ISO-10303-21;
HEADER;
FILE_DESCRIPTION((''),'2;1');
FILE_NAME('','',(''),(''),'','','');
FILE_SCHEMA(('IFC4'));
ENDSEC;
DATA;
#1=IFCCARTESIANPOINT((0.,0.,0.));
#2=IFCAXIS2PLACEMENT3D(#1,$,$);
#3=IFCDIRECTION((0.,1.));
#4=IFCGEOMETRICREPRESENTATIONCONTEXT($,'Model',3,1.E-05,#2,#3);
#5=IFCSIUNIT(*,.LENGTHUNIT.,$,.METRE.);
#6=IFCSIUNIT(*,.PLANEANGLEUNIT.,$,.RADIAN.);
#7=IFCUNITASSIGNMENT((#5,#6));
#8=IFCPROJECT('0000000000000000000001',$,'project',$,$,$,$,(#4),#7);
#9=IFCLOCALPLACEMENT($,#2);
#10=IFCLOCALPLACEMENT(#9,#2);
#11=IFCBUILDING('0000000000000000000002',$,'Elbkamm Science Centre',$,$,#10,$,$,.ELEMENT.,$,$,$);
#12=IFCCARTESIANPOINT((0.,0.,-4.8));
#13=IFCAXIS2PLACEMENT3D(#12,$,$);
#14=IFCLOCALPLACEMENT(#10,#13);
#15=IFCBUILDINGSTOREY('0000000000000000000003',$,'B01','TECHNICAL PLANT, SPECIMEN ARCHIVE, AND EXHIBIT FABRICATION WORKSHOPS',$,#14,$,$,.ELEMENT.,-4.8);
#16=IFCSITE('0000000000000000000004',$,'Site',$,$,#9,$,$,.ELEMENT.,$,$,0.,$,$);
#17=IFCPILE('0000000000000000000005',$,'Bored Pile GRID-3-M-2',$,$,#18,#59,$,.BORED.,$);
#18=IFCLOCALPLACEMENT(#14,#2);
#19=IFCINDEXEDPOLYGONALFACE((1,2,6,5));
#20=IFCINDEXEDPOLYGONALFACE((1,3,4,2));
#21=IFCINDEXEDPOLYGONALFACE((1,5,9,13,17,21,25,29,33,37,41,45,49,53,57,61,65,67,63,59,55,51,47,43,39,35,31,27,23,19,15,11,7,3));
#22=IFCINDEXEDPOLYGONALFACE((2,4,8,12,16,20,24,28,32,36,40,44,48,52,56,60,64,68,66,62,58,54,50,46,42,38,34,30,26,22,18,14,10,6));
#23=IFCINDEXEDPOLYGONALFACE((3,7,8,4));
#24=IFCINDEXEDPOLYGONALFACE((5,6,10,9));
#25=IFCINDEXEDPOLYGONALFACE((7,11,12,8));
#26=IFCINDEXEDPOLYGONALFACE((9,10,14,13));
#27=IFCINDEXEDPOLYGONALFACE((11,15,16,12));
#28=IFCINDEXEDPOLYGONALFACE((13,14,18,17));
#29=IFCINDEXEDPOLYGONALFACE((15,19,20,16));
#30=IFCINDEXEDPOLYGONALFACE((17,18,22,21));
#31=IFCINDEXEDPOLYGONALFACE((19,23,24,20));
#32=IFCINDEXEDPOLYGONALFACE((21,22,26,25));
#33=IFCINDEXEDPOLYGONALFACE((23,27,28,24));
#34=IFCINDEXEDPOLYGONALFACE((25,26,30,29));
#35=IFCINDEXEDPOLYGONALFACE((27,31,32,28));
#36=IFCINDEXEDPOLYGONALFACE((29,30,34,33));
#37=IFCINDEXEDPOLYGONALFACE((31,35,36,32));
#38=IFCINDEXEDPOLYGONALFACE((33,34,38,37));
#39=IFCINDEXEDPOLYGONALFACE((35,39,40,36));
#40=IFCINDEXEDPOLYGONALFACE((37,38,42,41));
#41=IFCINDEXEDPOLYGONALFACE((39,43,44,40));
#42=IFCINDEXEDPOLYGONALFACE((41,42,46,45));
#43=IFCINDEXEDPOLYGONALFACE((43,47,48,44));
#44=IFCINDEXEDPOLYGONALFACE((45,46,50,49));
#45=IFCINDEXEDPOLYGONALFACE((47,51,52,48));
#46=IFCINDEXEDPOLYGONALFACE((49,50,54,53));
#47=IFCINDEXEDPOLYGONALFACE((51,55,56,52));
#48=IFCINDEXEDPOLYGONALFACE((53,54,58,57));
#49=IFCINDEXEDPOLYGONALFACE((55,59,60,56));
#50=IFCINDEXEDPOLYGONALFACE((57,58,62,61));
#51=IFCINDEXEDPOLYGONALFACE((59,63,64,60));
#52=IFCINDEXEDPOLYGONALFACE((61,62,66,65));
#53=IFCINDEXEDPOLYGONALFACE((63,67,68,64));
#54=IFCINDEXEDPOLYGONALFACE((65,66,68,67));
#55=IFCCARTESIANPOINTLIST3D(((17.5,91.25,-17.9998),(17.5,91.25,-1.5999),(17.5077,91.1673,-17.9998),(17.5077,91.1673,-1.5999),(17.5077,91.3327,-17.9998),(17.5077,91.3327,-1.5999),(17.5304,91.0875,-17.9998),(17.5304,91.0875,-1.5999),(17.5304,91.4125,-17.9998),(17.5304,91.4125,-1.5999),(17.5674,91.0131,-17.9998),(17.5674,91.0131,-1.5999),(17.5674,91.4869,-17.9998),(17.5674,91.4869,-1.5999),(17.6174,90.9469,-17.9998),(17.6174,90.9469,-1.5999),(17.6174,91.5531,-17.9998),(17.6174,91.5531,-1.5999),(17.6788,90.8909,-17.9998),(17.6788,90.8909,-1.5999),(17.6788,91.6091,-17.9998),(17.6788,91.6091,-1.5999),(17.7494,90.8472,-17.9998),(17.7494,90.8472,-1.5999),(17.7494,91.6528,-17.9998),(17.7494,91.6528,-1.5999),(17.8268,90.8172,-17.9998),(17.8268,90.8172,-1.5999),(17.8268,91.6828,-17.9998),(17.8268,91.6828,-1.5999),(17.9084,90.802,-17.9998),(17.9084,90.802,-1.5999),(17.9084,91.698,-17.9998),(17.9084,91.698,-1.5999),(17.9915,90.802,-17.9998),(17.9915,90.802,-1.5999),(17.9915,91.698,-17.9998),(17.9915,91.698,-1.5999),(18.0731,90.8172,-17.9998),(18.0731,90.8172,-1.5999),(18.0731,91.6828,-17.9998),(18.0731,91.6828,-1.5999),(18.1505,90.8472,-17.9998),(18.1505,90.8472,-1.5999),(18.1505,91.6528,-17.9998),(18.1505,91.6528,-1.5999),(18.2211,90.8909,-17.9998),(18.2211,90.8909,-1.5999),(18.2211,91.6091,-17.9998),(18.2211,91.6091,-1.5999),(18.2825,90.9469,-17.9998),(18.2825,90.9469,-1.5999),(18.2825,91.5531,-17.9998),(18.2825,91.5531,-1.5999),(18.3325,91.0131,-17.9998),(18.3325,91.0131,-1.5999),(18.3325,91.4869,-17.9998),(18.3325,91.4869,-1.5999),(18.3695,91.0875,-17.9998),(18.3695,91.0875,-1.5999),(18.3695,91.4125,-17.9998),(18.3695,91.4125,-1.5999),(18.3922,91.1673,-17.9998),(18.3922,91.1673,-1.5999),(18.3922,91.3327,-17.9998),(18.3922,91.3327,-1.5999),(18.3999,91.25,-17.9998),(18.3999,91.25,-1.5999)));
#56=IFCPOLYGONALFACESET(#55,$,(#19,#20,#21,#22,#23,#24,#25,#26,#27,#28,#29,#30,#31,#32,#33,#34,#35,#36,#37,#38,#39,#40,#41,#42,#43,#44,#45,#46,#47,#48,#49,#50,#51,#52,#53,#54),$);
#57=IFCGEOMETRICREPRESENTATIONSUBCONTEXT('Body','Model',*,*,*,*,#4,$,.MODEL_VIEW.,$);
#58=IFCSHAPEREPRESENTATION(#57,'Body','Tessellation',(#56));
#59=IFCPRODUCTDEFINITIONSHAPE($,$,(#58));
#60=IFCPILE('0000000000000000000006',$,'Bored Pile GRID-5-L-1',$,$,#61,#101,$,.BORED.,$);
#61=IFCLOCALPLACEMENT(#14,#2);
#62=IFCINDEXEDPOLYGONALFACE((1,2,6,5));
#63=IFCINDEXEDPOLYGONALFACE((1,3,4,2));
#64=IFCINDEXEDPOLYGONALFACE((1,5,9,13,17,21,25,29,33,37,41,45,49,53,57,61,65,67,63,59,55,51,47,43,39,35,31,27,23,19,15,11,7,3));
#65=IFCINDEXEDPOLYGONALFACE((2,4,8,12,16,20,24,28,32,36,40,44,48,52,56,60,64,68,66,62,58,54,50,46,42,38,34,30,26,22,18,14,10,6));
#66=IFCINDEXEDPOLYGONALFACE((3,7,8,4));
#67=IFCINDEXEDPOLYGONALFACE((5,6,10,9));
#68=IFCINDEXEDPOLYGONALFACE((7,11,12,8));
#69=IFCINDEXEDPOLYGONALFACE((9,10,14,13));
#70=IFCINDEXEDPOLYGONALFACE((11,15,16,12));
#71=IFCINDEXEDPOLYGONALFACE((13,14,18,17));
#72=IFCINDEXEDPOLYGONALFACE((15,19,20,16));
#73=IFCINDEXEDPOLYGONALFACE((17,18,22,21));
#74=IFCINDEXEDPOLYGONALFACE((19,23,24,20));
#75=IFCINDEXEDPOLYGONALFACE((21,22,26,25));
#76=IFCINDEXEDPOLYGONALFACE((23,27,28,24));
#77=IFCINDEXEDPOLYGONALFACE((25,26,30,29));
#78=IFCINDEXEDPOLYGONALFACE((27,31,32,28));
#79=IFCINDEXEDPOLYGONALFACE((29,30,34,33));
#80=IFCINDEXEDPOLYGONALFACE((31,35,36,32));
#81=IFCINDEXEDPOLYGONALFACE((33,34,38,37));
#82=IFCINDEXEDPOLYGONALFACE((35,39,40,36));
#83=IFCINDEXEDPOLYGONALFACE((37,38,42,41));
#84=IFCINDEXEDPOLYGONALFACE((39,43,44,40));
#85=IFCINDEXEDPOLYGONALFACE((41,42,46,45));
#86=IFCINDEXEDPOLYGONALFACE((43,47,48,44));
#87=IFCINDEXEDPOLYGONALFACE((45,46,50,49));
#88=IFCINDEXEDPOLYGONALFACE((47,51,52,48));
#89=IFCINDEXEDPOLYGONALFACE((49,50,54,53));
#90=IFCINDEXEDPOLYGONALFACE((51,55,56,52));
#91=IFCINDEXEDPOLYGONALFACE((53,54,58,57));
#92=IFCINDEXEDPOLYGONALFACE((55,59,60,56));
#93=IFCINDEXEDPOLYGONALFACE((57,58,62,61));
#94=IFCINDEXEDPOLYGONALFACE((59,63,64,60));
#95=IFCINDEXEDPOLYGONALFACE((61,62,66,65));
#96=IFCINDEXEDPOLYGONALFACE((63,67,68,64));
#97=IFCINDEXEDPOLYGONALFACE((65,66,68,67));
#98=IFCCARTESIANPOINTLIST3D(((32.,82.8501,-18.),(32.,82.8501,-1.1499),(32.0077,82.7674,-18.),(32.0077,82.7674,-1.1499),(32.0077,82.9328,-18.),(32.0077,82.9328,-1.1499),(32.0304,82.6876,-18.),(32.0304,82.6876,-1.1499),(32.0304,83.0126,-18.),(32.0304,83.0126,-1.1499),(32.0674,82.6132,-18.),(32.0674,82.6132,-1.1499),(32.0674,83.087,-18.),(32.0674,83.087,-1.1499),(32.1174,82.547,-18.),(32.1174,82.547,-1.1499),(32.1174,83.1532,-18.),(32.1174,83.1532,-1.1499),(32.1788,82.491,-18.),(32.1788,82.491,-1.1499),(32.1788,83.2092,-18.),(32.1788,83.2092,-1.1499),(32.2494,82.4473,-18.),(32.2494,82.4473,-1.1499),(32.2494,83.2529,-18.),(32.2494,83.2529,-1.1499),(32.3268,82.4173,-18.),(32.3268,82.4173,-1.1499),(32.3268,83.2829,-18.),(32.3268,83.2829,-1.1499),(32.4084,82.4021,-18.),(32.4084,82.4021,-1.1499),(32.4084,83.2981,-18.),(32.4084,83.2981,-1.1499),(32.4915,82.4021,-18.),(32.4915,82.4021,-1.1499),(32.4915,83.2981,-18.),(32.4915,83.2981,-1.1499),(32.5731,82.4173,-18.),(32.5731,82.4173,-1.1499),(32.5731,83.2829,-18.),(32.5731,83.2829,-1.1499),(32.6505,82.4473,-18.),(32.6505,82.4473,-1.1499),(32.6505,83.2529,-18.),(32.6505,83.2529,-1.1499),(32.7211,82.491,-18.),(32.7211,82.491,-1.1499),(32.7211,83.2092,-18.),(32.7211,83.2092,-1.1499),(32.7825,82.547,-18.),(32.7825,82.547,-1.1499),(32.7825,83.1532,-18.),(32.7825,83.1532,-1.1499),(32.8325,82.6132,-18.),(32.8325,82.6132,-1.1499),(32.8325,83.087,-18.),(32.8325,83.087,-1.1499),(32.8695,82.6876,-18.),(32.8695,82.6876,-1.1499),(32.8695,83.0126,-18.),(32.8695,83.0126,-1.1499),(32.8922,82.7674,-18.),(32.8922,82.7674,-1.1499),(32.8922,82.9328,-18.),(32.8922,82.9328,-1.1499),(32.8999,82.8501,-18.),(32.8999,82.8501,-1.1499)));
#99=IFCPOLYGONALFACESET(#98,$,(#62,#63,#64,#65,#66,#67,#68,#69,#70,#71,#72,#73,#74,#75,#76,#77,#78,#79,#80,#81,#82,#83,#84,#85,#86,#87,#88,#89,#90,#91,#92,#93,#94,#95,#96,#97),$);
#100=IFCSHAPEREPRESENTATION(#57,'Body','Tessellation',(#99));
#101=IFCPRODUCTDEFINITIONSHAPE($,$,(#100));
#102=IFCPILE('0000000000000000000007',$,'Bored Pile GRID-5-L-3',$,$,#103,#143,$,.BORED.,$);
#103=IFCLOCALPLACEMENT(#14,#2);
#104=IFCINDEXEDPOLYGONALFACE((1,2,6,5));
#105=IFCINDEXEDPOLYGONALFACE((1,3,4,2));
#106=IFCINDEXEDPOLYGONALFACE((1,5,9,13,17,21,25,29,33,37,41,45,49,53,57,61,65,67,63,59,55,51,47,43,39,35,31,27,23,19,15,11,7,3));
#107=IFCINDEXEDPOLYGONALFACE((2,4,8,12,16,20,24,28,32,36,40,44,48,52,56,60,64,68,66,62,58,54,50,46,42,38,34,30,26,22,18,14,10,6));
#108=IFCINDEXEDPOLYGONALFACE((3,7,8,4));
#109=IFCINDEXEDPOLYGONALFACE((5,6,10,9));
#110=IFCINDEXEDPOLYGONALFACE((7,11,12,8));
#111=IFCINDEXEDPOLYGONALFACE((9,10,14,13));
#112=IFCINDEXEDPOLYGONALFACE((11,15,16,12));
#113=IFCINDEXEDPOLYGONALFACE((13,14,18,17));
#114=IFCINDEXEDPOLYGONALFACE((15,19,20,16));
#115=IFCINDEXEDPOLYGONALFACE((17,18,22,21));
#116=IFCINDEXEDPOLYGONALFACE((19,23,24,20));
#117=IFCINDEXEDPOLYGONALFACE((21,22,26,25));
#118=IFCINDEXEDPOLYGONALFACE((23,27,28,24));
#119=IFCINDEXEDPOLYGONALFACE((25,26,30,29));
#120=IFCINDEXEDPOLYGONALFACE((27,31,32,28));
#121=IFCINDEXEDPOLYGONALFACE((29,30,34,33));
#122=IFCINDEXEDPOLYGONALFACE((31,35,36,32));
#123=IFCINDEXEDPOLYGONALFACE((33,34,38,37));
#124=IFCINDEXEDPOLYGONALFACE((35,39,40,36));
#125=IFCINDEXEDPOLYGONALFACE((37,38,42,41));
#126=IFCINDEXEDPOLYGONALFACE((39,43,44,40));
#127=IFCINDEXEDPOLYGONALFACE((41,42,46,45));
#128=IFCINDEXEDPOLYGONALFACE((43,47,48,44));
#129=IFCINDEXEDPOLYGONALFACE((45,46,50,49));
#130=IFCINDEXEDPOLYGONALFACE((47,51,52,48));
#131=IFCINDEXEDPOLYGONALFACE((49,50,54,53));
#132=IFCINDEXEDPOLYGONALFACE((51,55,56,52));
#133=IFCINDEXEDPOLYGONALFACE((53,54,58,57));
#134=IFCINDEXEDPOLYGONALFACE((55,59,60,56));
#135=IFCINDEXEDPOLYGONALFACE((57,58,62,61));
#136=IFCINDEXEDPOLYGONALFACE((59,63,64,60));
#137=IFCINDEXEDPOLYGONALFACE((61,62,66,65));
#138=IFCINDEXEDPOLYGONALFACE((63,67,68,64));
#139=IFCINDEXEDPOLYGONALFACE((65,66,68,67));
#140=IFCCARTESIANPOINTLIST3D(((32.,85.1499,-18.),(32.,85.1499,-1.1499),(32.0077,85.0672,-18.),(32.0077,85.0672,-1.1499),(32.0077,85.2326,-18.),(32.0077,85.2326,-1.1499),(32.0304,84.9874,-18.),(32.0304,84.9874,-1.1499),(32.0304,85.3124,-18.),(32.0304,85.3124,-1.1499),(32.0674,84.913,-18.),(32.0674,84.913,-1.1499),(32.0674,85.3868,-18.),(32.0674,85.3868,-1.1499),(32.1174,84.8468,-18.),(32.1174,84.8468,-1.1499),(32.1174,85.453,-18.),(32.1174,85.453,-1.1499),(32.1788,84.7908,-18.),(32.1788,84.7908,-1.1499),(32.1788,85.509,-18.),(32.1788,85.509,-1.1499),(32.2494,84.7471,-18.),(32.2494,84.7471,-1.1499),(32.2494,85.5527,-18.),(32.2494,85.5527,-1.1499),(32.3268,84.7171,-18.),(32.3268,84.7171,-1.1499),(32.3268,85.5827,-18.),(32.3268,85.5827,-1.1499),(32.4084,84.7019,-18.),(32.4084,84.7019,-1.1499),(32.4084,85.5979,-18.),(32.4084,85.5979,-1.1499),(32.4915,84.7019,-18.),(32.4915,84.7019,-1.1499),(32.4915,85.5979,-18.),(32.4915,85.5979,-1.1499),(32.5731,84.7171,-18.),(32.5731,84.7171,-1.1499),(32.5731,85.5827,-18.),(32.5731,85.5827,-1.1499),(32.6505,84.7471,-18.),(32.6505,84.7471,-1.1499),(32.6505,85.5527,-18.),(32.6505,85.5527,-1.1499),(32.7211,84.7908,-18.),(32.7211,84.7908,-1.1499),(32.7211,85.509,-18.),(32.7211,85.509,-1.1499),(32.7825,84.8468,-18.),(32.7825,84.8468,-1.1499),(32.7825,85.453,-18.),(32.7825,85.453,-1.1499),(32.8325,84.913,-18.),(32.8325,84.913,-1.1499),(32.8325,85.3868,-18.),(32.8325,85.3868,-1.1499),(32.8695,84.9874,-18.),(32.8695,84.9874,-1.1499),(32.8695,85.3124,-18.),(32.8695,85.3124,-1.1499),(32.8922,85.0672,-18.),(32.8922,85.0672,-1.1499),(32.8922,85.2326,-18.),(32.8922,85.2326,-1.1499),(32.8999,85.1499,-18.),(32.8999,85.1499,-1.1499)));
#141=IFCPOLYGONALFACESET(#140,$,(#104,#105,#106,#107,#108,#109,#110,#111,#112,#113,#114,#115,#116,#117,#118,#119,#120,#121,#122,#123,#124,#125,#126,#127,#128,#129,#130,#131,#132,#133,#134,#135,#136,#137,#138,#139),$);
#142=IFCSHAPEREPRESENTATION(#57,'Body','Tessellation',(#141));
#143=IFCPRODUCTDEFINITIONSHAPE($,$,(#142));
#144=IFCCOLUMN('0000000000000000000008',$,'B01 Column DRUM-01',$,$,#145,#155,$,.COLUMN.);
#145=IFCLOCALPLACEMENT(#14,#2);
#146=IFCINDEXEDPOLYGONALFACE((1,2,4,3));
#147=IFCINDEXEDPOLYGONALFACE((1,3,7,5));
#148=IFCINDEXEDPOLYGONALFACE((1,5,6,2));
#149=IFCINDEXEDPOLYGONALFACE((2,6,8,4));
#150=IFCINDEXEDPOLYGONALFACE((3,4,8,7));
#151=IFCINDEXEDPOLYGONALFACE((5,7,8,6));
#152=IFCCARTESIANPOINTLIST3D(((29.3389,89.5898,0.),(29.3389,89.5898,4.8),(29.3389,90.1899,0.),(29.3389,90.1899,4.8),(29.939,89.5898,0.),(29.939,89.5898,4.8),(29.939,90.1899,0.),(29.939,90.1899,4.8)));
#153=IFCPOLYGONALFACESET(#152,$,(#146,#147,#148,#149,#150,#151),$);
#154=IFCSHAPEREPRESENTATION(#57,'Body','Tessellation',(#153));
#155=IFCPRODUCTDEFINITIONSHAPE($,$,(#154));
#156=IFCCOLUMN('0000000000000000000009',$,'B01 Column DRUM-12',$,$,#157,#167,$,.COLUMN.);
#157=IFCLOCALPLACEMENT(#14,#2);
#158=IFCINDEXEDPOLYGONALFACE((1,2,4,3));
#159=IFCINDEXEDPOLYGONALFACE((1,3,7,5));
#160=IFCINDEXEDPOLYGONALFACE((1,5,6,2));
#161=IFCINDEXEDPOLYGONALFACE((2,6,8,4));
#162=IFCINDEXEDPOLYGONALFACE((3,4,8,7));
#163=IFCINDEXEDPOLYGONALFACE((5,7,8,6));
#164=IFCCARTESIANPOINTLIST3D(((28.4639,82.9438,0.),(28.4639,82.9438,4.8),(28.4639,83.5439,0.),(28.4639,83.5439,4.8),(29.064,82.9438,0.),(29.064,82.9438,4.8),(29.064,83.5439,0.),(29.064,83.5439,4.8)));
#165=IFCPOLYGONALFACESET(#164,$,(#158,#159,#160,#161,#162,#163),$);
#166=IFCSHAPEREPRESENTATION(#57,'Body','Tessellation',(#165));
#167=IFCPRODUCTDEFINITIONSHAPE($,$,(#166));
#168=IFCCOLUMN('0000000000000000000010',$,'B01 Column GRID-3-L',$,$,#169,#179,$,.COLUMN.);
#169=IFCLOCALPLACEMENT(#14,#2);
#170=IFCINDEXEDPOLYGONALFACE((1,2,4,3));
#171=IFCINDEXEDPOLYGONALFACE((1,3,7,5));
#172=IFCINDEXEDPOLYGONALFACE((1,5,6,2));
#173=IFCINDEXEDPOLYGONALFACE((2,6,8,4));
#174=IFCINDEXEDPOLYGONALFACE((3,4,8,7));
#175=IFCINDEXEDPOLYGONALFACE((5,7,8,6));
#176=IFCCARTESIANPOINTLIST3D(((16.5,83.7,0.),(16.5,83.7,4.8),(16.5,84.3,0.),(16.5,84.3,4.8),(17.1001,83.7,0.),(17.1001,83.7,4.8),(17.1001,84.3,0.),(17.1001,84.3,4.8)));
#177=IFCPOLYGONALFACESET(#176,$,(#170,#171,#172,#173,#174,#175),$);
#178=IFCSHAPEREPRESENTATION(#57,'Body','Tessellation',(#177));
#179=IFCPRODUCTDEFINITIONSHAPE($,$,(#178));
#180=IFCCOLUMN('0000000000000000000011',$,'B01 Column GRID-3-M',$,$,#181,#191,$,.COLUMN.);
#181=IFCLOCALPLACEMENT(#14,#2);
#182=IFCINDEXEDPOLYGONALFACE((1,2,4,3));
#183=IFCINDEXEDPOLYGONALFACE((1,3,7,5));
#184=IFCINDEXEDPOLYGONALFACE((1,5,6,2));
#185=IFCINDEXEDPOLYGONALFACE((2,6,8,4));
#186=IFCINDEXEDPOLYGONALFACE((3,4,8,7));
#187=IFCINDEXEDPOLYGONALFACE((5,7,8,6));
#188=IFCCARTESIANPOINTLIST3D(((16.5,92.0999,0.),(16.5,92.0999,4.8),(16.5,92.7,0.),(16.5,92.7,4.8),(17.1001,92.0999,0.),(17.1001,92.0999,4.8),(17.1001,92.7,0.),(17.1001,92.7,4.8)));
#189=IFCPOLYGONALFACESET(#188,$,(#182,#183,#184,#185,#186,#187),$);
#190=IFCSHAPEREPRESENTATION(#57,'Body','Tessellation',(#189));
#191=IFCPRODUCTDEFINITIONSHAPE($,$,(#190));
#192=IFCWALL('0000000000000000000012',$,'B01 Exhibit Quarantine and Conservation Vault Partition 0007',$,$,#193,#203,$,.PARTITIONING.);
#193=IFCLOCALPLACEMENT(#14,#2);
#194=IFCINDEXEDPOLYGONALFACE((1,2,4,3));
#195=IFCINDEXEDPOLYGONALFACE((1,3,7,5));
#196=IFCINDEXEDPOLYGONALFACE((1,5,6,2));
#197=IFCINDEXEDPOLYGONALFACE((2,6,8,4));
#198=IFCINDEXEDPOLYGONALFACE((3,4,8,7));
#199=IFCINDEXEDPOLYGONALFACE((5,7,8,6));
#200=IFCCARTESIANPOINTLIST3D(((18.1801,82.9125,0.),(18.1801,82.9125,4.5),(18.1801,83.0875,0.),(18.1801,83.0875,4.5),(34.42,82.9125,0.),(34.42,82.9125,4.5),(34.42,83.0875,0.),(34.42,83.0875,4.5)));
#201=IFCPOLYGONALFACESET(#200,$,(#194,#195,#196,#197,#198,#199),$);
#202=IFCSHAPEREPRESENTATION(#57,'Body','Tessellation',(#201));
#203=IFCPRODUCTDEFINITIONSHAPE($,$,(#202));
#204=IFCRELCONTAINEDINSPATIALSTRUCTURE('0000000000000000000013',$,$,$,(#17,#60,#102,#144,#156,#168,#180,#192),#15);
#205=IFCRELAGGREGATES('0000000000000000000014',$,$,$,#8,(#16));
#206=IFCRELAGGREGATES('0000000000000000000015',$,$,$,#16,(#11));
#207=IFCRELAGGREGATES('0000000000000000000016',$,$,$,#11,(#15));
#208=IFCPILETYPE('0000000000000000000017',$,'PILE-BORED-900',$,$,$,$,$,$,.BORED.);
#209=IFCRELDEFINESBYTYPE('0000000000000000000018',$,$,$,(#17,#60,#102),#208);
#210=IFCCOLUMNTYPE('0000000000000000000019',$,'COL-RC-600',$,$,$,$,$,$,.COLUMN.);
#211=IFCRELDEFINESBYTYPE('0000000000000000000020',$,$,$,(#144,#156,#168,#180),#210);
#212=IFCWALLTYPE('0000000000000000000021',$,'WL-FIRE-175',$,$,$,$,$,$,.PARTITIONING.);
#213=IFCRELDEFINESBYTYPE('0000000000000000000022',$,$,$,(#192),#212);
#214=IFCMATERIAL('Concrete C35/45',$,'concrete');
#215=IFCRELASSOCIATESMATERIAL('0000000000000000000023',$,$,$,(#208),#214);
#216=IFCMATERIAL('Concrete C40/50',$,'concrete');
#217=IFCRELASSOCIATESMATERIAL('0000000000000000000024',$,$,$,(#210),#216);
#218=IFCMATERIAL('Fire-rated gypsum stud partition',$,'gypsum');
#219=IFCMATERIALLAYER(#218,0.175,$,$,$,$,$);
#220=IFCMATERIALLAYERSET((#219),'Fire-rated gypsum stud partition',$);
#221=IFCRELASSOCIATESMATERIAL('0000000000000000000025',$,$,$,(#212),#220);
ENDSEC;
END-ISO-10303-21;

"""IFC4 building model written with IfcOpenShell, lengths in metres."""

from ifc_helpers import new_model, si_unit, direction, frame, frame_2d, origin, origin_2d, place, context, subcontext, project, spatial, rectangle, circle, extrude, material, layer, layer_set, material_profile, profile_set, type_object, element, save


model = new_model("IFC4")

# Units and contexts
model_context = context("Model", 3, precision=1e-05, world=origin(), true_north=direction((0.0, 1.0)))
body_context = subcontext(model_context, "Body", "Model", "MODEL_VIEW")
ifc_project = project(units=[si_unit("LENGTHUNIT", "METRE"), si_unit("PLANEANGLEUNIT", "RADIAN")], contexts=[model_context])

# Site, building, storey
site_placement = place(None, origin())
site = spatial("IfcSite", under=ifc_project, at=site_placement, Name="Site", CompositionType="ELEMENT", RefElevation=0.0)
building_placement = place(site_placement, origin())
building = spatial("IfcBuilding", under=site, at=building_placement, Name="Elbkamm Science Centre", CompositionType="ELEMENT")
storey_placement = place(building_placement, frame((0.0, 0.0, -4.8)))
storey = spatial("IfcBuildingStorey", under=building, at=storey_placement, Name="B01", Description="TECHNICAL PLANT, SPECIMEN ARCHIVE, AND EXHIBIT FABRICATION WORKSHOPS", CompositionType="ELEMENT", Elevation=-4.8)

# Shared definitions
ifc_material_1 = material(Name="Concrete C35/45", Category="concrete")

# Piles
ifc_material_profile_1 = material_profile(ifc_material_1, circle(Radius=0.45, at=origin_2d()), Name="PILE D900")
ifc_profile_set_1 = profile_set([ifc_material_profile_1], Name="Concrete C35/45")
pile_type = type_object("IfcPileType", Name="PILE-BORED-900", PredefinedType="BORED", material=ifc_profile_set_1)
pile_placement = place(storey_placement, frame((17.95, 91.25, -1.5999), z_axis=(0.0, 0.0, -1.0), x_axis=(1.0, 0.0, 0.0)))
element("IfcPile", 1, at=pile_placement, inside=storey, type_object=pile_type, Name="Bored Pile GRID-3-M-2", PredefinedType="BORED", context=body_context, shape_type="SweptSolid", body=[
    extrude(circle(Radius=0.45, at=origin_2d()), origin(), (0.0, 0.0, 1.0), 16.3999),
])
for number, where, z_axis, x_axis, name in (
    (2, (32.45, 82.8501, -1.1499), (0.0, 0.0, -1.0), (1.0, 0.0, 0.0), "Bored Pile GRID-5-L-1"),
    (3, (32.45, 85.1499, -1.1499), (0.0, 0.0, -1.0), (1.0, 0.0, 0.0), "Bored Pile GRID-5-L-3"),
):
    element("IfcPile", number, at=place(storey_placement, frame(where, z_axis=z_axis, x_axis=x_axis)), inside=storey, type_object=pile_type, Name=name, PredefinedType="BORED", context=body_context, shape_type="SweptSolid", body=[
        extrude(circle(Radius=0.45, at=origin_2d()), origin(), (0.0, 0.0, 1.0), 16.8501),
    ])

# Columns
ifc_material_2 = material(Name="Concrete C40/50", Category="concrete")
ifc_material_profile_2 = material_profile(ifc_material_2, rectangle(XDim=0.6001, YDim=0.6001, at=origin_2d()), Name="RC 600x600")
ifc_profile_set_2 = profile_set([ifc_material_profile_2], Name="Concrete C40/50")
column_type = type_object("IfcColumnType", Name="COL-RC-600", PredefinedType="COLUMN", material=ifc_profile_set_2)
for number, where, z_axis, x_axis, name in (
    (4, (29.6389, 89.8899, 0.0), (0.0, 0.0, 1.0), (1.0, 0.0, 0.0), "B01 Column DRUM-01"),
    (5, (28.7639, 83.2439, 0.0), (0.0, 0.0, 1.0), (1.0, 0.0, 0.0), "B01 Column DRUM-12"),
    (6, (16.8, 84.0, 0.0), (0.0, 0.0, 1.0), (1.0, 0.0, 0.0), "B01 Column GRID-3-L"),
    (7, (16.8, 92.3999, 0.0), (0.0, 0.0, 1.0), (1.0, 0.0, 0.0), "B01 Column GRID-3-M"),
):
    element("IfcColumn", number, at=place(storey_placement, frame(where, z_axis=z_axis, x_axis=x_axis)), inside=storey, type_object=column_type, Name=name, PredefinedType="COLUMN", context=body_context, shape_type="SweptSolid", body=[
        extrude(rectangle(XDim=0.6001, YDim=0.6001, at=origin_2d()), origin(), (0.0, 0.0, 1.0), 4.8),
    ])

# Wall
ifc_material_3 = material(Name="Fire-rated gypsum stud partition", Category="gypsum")
ifc_layer_1 = layer(ifc_material_3, 0.175)
ifc_layer_set_1 = layer_set([ifc_layer_1], Name="Fire-rated gypsum stud partition")
wall_type_1 = type_object("IfcWallType", Name="WL-FIRE-175", PredefinedType="PARTITIONING", material=ifc_layer_set_1)
wall_1_placement = place(storey_placement, frame((18.1799, 83.0, 0.0), z_axis=(0.0, 0.0, 1.0), x_axis=(1.0, 0.0, 0.0)))
element("IfcWall", 8, at=wall_1_placement, inside=storey, type_object=wall_type_1, Name="B01 Exhibit Quarantine and Conservation Vault Partition 0007", PredefinedType="PARTITIONING", context=body_context, shape_type="SweptSolid", body=[
    extrude(rectangle(XDim=16.24, YDim=0.175, at=frame_2d((8.1201, 0.0))), origin(), (0.0, 0.0, 1.0), 4.5),
])

save(model, "model.ifc")
